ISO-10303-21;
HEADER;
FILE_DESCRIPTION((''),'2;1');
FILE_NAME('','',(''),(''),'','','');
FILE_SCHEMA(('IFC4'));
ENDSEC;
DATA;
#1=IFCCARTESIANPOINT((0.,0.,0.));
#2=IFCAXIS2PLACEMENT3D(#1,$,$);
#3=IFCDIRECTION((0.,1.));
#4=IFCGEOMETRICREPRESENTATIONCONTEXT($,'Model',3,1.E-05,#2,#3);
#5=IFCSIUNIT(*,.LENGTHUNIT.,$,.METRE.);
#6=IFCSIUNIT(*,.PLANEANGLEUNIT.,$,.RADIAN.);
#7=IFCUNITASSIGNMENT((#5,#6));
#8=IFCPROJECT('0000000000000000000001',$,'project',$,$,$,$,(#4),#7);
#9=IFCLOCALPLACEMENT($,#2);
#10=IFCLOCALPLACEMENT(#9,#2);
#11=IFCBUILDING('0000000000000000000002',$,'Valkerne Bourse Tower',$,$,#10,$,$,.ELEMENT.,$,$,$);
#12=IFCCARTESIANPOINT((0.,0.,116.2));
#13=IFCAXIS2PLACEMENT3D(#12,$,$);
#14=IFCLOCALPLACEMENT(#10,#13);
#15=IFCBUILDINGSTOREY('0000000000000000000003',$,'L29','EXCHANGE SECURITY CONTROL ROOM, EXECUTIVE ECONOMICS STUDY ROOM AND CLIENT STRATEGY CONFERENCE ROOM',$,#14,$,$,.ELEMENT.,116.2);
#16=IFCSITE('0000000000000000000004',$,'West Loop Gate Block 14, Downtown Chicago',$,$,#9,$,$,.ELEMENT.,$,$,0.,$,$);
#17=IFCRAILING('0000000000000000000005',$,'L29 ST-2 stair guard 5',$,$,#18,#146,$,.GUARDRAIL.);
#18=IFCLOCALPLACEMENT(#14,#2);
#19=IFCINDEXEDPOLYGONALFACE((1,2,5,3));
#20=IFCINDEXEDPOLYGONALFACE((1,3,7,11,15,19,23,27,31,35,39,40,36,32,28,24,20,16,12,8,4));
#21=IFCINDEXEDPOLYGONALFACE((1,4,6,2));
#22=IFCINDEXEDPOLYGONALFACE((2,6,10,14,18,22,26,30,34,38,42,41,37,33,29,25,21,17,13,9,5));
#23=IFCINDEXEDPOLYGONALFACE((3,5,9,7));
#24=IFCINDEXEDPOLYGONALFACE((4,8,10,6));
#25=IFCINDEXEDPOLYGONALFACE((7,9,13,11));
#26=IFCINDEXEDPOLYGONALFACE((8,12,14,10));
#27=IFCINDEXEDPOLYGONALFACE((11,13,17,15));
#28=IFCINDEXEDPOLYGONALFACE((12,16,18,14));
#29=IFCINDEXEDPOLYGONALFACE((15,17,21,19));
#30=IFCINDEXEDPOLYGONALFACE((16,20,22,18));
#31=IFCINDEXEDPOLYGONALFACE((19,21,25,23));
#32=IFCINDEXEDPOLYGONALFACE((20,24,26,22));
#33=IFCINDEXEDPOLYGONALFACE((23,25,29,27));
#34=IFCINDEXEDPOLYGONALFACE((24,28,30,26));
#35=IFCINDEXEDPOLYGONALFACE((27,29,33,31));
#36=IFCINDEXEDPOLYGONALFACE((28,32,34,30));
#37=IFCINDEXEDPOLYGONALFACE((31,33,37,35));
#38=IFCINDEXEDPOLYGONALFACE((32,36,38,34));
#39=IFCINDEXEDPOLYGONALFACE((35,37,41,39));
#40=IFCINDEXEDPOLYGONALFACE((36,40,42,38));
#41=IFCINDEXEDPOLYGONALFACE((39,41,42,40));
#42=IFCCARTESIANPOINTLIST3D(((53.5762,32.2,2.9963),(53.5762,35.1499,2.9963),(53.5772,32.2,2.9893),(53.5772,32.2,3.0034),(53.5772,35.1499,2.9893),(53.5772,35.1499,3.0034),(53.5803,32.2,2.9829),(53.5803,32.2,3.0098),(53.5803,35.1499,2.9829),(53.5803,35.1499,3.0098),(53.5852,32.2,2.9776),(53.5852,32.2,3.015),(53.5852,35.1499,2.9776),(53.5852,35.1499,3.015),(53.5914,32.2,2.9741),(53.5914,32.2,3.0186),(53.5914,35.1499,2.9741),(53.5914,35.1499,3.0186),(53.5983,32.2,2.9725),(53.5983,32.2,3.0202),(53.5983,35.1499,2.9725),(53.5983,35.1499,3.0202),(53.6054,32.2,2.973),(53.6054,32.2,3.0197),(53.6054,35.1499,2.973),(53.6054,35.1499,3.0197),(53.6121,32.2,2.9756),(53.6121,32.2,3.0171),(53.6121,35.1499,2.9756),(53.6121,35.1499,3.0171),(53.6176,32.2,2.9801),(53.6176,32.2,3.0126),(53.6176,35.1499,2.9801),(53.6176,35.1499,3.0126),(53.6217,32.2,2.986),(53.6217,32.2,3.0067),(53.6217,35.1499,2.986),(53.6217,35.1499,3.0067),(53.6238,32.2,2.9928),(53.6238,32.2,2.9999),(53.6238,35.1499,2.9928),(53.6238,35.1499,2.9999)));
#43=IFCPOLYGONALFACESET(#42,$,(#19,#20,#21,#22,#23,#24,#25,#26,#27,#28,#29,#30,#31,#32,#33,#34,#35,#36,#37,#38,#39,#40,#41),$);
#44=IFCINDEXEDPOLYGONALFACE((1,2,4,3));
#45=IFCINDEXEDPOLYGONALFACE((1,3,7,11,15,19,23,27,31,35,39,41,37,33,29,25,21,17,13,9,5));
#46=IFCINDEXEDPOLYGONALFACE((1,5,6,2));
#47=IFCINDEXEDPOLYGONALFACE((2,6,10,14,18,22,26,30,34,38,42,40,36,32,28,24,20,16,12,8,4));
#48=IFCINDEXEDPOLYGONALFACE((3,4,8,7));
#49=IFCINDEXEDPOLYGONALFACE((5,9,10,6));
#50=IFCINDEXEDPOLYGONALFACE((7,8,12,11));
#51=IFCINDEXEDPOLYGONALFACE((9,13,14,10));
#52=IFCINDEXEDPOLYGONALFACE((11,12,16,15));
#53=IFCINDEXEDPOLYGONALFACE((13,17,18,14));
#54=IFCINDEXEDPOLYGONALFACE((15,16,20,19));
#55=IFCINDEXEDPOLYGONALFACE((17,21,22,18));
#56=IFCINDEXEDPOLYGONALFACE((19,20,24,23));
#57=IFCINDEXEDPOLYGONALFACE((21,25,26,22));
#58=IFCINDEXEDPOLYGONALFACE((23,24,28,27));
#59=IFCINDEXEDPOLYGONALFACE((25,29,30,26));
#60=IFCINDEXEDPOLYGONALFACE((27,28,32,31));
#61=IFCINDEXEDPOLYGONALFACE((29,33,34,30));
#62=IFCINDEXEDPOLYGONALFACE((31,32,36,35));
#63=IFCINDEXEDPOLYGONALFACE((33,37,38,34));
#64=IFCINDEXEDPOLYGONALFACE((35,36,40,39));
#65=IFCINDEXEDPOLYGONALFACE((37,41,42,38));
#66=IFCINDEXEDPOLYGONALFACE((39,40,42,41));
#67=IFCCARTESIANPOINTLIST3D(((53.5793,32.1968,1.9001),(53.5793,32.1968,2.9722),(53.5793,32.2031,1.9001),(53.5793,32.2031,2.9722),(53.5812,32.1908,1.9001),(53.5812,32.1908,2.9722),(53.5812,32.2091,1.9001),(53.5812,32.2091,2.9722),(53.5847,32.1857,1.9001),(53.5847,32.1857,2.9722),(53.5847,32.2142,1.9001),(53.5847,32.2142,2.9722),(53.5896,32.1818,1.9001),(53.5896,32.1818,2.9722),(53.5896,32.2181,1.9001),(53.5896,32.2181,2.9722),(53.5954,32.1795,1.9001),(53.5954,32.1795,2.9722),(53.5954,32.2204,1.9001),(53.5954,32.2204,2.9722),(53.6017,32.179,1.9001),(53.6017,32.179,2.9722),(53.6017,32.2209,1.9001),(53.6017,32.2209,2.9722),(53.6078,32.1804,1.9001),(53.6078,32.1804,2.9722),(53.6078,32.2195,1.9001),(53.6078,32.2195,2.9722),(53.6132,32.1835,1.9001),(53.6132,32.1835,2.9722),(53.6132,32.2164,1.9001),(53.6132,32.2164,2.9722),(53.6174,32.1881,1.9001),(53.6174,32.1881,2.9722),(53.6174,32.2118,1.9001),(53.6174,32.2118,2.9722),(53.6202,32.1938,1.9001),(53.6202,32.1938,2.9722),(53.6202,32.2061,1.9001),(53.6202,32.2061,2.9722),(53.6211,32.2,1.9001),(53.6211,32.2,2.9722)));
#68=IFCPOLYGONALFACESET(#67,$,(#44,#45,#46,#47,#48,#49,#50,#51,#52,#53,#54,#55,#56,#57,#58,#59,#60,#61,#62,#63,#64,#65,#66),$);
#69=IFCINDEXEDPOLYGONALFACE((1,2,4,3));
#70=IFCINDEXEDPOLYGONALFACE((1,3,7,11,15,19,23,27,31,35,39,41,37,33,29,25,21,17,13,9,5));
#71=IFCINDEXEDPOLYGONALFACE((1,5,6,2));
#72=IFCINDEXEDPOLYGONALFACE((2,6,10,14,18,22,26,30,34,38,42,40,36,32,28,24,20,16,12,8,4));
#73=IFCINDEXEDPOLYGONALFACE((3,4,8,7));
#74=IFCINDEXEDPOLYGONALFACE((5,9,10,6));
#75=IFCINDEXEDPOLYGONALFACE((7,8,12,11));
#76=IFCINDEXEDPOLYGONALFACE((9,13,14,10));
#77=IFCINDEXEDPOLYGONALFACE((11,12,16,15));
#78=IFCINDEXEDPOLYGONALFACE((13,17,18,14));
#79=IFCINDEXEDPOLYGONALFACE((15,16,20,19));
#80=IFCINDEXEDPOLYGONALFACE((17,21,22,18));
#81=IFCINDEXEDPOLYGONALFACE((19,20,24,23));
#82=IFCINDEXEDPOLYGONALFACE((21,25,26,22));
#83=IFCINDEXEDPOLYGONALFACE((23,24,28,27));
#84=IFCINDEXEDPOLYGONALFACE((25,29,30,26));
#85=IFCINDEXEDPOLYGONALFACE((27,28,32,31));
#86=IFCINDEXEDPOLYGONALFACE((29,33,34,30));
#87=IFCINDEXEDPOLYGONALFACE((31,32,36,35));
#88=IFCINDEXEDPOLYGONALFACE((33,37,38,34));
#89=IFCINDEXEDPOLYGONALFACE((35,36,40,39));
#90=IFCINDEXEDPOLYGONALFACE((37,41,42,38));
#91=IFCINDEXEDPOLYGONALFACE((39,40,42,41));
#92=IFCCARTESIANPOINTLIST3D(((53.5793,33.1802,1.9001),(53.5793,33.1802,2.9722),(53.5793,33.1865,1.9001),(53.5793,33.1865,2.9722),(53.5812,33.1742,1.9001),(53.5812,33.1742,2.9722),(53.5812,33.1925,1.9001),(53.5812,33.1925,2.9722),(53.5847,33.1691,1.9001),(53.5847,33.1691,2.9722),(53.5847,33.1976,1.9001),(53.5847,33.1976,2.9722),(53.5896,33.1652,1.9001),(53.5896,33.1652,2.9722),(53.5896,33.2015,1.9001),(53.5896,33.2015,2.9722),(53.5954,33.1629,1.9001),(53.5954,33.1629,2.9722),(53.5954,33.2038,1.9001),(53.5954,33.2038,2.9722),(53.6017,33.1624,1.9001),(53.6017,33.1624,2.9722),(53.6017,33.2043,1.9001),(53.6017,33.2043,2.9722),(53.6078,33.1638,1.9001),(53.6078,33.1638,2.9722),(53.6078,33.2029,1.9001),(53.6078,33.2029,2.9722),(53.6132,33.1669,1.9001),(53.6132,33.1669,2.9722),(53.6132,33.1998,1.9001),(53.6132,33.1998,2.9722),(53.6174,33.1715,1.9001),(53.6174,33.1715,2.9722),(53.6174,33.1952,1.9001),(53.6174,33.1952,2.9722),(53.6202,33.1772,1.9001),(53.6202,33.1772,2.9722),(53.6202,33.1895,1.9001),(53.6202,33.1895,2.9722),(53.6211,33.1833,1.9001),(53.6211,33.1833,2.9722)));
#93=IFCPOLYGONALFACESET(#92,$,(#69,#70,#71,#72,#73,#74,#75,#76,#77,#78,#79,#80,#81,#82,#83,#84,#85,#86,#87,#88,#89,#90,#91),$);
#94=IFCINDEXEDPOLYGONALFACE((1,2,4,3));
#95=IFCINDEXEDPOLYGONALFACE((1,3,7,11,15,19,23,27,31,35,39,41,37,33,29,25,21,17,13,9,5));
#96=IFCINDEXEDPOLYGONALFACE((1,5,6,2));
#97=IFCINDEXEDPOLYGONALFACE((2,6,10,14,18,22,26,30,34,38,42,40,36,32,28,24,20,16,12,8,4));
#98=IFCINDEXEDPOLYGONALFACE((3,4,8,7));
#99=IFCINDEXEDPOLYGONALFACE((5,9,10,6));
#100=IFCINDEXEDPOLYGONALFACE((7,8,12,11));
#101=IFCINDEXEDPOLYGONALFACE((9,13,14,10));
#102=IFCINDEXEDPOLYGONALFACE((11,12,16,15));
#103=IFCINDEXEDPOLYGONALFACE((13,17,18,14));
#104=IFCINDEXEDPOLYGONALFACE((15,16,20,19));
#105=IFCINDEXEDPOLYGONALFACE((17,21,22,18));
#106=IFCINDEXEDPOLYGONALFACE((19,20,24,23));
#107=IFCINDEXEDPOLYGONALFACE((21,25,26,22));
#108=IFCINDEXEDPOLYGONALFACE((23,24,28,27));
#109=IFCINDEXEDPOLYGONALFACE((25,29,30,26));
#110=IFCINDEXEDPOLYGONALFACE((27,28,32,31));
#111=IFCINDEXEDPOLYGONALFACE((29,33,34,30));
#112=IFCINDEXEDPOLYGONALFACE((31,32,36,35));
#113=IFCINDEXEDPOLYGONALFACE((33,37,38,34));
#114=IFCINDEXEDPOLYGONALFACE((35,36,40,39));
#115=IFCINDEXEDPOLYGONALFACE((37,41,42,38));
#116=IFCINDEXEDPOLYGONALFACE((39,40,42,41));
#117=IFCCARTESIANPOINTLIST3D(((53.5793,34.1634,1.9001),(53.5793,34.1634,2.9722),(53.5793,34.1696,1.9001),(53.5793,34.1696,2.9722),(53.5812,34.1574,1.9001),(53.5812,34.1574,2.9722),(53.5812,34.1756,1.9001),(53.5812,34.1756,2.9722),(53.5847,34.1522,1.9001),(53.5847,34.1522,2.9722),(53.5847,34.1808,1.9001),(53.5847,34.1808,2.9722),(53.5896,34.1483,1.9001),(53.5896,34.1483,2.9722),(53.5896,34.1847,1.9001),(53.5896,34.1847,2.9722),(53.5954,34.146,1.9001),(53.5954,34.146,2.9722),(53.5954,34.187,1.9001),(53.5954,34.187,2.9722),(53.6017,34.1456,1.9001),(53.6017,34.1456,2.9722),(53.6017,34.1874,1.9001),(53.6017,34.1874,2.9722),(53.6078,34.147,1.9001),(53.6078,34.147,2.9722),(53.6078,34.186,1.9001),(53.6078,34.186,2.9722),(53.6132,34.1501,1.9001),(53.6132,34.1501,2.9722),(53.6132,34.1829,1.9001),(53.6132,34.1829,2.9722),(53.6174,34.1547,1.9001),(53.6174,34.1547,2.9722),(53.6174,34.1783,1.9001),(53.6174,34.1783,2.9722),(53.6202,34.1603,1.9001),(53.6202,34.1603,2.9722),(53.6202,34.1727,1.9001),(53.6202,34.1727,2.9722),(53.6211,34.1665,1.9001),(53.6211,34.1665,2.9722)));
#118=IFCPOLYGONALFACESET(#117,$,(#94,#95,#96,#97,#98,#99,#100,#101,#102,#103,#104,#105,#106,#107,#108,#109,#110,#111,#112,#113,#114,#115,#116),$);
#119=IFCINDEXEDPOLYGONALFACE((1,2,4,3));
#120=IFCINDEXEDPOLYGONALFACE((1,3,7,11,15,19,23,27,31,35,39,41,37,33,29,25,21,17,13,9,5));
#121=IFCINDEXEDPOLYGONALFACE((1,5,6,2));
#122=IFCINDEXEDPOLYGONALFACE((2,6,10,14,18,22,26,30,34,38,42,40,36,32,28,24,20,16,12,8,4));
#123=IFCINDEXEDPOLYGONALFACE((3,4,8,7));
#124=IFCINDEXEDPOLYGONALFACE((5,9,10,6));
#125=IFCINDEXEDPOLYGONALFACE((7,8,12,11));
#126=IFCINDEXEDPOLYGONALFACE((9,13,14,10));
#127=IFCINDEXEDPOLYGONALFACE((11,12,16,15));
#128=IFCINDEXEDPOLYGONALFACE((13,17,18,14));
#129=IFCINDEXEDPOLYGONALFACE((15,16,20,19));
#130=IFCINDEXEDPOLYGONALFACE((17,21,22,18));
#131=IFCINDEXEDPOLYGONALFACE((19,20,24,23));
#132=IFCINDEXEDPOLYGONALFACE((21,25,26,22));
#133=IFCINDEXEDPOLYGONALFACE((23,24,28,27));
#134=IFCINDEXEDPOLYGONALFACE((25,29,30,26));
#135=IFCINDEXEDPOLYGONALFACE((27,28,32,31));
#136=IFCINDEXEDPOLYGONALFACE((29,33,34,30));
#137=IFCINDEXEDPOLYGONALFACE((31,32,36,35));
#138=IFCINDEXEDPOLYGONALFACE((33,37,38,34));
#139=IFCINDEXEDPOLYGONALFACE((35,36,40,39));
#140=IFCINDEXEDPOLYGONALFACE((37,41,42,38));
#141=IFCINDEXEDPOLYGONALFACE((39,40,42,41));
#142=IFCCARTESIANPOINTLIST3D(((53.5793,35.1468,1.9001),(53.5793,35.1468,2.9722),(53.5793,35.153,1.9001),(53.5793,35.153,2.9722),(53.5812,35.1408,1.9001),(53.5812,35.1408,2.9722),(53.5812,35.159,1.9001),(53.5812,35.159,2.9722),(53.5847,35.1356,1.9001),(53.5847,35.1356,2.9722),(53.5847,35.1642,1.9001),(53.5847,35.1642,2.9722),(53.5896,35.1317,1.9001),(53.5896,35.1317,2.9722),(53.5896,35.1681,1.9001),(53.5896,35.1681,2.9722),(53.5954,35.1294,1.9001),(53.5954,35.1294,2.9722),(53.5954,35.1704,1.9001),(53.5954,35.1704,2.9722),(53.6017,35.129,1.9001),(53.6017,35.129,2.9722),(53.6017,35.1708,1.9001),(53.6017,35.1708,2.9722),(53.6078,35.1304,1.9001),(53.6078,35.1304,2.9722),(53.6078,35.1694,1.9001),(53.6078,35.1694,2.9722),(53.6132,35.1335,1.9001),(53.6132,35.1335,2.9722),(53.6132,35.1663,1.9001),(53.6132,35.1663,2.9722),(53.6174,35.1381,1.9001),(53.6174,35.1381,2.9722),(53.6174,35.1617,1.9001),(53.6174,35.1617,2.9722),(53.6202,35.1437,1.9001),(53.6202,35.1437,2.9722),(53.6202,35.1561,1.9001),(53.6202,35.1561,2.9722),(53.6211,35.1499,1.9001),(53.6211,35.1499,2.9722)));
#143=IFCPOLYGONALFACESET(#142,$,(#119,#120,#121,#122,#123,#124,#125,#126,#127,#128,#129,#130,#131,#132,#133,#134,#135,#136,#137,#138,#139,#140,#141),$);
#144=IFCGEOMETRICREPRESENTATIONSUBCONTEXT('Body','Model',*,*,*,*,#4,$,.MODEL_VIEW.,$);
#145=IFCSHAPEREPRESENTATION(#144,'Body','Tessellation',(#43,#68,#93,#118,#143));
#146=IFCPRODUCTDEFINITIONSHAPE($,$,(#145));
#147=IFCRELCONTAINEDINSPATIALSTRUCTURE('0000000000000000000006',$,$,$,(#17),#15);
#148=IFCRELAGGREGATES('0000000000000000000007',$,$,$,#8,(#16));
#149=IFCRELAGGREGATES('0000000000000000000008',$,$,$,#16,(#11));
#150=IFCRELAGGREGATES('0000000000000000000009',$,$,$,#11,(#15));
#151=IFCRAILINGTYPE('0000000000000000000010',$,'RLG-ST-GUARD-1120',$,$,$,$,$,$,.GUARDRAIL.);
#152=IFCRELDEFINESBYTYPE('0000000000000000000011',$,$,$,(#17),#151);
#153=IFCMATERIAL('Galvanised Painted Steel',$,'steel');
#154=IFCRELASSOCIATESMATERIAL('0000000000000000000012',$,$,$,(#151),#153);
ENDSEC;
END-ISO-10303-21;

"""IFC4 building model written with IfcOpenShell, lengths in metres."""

from ifc_helpers import new_model, si_unit, direction, frame, origin, origin_2d, place, context, subcontext, project, spatial, circle, extrude, material, type_object, element, save


model = new_model("IFC4")

# Units and contexts
model_context = context("Model", 3, precision=1e-05, world=origin(), true_north=direction((0.0, 1.0)))
body_context = subcontext(model_context, "Body", "Model", "MODEL_VIEW")
ifc_project = project(units=[si_unit("LENGTHUNIT", "METRE"), si_unit("PLANEANGLEUNIT", "RADIAN")], contexts=[model_context])

# Site, building, storey
site_placement = place(None, origin())
site = spatial("IfcSite", under=ifc_project, at=site_placement, Name="West Loop Gate Block 14, Downtown Chicago", CompositionType="ELEMENT", RefElevation=0.0)
building_placement = place(site_placement, origin())
building = spatial("IfcBuilding", under=site, at=building_placement, Name="Valkerne Bourse Tower", CompositionType="ELEMENT")
storey_placement = place(building_placement, frame((0.0, 0.0, 116.2)))
storey = spatial("IfcBuildingStorey", under=building, at=storey_placement, Name="L29", Description="EXCHANGE SECURITY CONTROL ROOM, EXECUTIVE ECONOMICS STUDY ROOM AND CLIENT STRATEGY CONFERENCE ROOM", CompositionType="ELEMENT", Elevation=116.2)

# Railing
ifc_material_1 = material(Name="Galvanised Painted Steel", Category="steel")
railing_type_1 = type_object("IfcRailingType", Name="RLG-ST-GUARD-1120", PredefinedType="GUARDRAIL", material=ifc_material_1)
railing_1_placement = place(storey_placement, frame((53.6001, 32.2, 1.9001)))
element("IfcRailing", 1, at=railing_1_placement, inside=storey, type_object=railing_type_1, Name="L29 ST-2 stair guard 5", PredefinedType="GUARDRAIL", context=body_context, shape_type="SweptSolid", body=[
    extrude(circle(Radius=0.0239, at=origin_2d()), frame((0.0, 0.0, 1.0962), z_axis=(0.0, 1.0, 0.0), x_axis=(-1.0, 0.0, 0.0)), (0.0, 0.0, 1.0), 2.95),
    extrude(circle(Radius=0.021, at=origin_2d()), origin(), (0.0, 0.0, 1.0), 1.072),
    extrude(circle(Radius=0.021, at=origin_2d()), frame((0.0, 0.9834, 0.0)), (0.0, 0.0, 1.0), 1.072),
    extrude(circle(Radius=0.021, at=origin_2d()), frame((0.0, 1.9666, 0.0)), (0.0, 0.0, 1.0), 1.072),
    extrude(circle(Radius=0.021, at=origin_2d()), frame((0.0, 2.95, 0.0)), (0.0, 0.0, 1.0), 1.072),
])

save(model, "model.ifc")
